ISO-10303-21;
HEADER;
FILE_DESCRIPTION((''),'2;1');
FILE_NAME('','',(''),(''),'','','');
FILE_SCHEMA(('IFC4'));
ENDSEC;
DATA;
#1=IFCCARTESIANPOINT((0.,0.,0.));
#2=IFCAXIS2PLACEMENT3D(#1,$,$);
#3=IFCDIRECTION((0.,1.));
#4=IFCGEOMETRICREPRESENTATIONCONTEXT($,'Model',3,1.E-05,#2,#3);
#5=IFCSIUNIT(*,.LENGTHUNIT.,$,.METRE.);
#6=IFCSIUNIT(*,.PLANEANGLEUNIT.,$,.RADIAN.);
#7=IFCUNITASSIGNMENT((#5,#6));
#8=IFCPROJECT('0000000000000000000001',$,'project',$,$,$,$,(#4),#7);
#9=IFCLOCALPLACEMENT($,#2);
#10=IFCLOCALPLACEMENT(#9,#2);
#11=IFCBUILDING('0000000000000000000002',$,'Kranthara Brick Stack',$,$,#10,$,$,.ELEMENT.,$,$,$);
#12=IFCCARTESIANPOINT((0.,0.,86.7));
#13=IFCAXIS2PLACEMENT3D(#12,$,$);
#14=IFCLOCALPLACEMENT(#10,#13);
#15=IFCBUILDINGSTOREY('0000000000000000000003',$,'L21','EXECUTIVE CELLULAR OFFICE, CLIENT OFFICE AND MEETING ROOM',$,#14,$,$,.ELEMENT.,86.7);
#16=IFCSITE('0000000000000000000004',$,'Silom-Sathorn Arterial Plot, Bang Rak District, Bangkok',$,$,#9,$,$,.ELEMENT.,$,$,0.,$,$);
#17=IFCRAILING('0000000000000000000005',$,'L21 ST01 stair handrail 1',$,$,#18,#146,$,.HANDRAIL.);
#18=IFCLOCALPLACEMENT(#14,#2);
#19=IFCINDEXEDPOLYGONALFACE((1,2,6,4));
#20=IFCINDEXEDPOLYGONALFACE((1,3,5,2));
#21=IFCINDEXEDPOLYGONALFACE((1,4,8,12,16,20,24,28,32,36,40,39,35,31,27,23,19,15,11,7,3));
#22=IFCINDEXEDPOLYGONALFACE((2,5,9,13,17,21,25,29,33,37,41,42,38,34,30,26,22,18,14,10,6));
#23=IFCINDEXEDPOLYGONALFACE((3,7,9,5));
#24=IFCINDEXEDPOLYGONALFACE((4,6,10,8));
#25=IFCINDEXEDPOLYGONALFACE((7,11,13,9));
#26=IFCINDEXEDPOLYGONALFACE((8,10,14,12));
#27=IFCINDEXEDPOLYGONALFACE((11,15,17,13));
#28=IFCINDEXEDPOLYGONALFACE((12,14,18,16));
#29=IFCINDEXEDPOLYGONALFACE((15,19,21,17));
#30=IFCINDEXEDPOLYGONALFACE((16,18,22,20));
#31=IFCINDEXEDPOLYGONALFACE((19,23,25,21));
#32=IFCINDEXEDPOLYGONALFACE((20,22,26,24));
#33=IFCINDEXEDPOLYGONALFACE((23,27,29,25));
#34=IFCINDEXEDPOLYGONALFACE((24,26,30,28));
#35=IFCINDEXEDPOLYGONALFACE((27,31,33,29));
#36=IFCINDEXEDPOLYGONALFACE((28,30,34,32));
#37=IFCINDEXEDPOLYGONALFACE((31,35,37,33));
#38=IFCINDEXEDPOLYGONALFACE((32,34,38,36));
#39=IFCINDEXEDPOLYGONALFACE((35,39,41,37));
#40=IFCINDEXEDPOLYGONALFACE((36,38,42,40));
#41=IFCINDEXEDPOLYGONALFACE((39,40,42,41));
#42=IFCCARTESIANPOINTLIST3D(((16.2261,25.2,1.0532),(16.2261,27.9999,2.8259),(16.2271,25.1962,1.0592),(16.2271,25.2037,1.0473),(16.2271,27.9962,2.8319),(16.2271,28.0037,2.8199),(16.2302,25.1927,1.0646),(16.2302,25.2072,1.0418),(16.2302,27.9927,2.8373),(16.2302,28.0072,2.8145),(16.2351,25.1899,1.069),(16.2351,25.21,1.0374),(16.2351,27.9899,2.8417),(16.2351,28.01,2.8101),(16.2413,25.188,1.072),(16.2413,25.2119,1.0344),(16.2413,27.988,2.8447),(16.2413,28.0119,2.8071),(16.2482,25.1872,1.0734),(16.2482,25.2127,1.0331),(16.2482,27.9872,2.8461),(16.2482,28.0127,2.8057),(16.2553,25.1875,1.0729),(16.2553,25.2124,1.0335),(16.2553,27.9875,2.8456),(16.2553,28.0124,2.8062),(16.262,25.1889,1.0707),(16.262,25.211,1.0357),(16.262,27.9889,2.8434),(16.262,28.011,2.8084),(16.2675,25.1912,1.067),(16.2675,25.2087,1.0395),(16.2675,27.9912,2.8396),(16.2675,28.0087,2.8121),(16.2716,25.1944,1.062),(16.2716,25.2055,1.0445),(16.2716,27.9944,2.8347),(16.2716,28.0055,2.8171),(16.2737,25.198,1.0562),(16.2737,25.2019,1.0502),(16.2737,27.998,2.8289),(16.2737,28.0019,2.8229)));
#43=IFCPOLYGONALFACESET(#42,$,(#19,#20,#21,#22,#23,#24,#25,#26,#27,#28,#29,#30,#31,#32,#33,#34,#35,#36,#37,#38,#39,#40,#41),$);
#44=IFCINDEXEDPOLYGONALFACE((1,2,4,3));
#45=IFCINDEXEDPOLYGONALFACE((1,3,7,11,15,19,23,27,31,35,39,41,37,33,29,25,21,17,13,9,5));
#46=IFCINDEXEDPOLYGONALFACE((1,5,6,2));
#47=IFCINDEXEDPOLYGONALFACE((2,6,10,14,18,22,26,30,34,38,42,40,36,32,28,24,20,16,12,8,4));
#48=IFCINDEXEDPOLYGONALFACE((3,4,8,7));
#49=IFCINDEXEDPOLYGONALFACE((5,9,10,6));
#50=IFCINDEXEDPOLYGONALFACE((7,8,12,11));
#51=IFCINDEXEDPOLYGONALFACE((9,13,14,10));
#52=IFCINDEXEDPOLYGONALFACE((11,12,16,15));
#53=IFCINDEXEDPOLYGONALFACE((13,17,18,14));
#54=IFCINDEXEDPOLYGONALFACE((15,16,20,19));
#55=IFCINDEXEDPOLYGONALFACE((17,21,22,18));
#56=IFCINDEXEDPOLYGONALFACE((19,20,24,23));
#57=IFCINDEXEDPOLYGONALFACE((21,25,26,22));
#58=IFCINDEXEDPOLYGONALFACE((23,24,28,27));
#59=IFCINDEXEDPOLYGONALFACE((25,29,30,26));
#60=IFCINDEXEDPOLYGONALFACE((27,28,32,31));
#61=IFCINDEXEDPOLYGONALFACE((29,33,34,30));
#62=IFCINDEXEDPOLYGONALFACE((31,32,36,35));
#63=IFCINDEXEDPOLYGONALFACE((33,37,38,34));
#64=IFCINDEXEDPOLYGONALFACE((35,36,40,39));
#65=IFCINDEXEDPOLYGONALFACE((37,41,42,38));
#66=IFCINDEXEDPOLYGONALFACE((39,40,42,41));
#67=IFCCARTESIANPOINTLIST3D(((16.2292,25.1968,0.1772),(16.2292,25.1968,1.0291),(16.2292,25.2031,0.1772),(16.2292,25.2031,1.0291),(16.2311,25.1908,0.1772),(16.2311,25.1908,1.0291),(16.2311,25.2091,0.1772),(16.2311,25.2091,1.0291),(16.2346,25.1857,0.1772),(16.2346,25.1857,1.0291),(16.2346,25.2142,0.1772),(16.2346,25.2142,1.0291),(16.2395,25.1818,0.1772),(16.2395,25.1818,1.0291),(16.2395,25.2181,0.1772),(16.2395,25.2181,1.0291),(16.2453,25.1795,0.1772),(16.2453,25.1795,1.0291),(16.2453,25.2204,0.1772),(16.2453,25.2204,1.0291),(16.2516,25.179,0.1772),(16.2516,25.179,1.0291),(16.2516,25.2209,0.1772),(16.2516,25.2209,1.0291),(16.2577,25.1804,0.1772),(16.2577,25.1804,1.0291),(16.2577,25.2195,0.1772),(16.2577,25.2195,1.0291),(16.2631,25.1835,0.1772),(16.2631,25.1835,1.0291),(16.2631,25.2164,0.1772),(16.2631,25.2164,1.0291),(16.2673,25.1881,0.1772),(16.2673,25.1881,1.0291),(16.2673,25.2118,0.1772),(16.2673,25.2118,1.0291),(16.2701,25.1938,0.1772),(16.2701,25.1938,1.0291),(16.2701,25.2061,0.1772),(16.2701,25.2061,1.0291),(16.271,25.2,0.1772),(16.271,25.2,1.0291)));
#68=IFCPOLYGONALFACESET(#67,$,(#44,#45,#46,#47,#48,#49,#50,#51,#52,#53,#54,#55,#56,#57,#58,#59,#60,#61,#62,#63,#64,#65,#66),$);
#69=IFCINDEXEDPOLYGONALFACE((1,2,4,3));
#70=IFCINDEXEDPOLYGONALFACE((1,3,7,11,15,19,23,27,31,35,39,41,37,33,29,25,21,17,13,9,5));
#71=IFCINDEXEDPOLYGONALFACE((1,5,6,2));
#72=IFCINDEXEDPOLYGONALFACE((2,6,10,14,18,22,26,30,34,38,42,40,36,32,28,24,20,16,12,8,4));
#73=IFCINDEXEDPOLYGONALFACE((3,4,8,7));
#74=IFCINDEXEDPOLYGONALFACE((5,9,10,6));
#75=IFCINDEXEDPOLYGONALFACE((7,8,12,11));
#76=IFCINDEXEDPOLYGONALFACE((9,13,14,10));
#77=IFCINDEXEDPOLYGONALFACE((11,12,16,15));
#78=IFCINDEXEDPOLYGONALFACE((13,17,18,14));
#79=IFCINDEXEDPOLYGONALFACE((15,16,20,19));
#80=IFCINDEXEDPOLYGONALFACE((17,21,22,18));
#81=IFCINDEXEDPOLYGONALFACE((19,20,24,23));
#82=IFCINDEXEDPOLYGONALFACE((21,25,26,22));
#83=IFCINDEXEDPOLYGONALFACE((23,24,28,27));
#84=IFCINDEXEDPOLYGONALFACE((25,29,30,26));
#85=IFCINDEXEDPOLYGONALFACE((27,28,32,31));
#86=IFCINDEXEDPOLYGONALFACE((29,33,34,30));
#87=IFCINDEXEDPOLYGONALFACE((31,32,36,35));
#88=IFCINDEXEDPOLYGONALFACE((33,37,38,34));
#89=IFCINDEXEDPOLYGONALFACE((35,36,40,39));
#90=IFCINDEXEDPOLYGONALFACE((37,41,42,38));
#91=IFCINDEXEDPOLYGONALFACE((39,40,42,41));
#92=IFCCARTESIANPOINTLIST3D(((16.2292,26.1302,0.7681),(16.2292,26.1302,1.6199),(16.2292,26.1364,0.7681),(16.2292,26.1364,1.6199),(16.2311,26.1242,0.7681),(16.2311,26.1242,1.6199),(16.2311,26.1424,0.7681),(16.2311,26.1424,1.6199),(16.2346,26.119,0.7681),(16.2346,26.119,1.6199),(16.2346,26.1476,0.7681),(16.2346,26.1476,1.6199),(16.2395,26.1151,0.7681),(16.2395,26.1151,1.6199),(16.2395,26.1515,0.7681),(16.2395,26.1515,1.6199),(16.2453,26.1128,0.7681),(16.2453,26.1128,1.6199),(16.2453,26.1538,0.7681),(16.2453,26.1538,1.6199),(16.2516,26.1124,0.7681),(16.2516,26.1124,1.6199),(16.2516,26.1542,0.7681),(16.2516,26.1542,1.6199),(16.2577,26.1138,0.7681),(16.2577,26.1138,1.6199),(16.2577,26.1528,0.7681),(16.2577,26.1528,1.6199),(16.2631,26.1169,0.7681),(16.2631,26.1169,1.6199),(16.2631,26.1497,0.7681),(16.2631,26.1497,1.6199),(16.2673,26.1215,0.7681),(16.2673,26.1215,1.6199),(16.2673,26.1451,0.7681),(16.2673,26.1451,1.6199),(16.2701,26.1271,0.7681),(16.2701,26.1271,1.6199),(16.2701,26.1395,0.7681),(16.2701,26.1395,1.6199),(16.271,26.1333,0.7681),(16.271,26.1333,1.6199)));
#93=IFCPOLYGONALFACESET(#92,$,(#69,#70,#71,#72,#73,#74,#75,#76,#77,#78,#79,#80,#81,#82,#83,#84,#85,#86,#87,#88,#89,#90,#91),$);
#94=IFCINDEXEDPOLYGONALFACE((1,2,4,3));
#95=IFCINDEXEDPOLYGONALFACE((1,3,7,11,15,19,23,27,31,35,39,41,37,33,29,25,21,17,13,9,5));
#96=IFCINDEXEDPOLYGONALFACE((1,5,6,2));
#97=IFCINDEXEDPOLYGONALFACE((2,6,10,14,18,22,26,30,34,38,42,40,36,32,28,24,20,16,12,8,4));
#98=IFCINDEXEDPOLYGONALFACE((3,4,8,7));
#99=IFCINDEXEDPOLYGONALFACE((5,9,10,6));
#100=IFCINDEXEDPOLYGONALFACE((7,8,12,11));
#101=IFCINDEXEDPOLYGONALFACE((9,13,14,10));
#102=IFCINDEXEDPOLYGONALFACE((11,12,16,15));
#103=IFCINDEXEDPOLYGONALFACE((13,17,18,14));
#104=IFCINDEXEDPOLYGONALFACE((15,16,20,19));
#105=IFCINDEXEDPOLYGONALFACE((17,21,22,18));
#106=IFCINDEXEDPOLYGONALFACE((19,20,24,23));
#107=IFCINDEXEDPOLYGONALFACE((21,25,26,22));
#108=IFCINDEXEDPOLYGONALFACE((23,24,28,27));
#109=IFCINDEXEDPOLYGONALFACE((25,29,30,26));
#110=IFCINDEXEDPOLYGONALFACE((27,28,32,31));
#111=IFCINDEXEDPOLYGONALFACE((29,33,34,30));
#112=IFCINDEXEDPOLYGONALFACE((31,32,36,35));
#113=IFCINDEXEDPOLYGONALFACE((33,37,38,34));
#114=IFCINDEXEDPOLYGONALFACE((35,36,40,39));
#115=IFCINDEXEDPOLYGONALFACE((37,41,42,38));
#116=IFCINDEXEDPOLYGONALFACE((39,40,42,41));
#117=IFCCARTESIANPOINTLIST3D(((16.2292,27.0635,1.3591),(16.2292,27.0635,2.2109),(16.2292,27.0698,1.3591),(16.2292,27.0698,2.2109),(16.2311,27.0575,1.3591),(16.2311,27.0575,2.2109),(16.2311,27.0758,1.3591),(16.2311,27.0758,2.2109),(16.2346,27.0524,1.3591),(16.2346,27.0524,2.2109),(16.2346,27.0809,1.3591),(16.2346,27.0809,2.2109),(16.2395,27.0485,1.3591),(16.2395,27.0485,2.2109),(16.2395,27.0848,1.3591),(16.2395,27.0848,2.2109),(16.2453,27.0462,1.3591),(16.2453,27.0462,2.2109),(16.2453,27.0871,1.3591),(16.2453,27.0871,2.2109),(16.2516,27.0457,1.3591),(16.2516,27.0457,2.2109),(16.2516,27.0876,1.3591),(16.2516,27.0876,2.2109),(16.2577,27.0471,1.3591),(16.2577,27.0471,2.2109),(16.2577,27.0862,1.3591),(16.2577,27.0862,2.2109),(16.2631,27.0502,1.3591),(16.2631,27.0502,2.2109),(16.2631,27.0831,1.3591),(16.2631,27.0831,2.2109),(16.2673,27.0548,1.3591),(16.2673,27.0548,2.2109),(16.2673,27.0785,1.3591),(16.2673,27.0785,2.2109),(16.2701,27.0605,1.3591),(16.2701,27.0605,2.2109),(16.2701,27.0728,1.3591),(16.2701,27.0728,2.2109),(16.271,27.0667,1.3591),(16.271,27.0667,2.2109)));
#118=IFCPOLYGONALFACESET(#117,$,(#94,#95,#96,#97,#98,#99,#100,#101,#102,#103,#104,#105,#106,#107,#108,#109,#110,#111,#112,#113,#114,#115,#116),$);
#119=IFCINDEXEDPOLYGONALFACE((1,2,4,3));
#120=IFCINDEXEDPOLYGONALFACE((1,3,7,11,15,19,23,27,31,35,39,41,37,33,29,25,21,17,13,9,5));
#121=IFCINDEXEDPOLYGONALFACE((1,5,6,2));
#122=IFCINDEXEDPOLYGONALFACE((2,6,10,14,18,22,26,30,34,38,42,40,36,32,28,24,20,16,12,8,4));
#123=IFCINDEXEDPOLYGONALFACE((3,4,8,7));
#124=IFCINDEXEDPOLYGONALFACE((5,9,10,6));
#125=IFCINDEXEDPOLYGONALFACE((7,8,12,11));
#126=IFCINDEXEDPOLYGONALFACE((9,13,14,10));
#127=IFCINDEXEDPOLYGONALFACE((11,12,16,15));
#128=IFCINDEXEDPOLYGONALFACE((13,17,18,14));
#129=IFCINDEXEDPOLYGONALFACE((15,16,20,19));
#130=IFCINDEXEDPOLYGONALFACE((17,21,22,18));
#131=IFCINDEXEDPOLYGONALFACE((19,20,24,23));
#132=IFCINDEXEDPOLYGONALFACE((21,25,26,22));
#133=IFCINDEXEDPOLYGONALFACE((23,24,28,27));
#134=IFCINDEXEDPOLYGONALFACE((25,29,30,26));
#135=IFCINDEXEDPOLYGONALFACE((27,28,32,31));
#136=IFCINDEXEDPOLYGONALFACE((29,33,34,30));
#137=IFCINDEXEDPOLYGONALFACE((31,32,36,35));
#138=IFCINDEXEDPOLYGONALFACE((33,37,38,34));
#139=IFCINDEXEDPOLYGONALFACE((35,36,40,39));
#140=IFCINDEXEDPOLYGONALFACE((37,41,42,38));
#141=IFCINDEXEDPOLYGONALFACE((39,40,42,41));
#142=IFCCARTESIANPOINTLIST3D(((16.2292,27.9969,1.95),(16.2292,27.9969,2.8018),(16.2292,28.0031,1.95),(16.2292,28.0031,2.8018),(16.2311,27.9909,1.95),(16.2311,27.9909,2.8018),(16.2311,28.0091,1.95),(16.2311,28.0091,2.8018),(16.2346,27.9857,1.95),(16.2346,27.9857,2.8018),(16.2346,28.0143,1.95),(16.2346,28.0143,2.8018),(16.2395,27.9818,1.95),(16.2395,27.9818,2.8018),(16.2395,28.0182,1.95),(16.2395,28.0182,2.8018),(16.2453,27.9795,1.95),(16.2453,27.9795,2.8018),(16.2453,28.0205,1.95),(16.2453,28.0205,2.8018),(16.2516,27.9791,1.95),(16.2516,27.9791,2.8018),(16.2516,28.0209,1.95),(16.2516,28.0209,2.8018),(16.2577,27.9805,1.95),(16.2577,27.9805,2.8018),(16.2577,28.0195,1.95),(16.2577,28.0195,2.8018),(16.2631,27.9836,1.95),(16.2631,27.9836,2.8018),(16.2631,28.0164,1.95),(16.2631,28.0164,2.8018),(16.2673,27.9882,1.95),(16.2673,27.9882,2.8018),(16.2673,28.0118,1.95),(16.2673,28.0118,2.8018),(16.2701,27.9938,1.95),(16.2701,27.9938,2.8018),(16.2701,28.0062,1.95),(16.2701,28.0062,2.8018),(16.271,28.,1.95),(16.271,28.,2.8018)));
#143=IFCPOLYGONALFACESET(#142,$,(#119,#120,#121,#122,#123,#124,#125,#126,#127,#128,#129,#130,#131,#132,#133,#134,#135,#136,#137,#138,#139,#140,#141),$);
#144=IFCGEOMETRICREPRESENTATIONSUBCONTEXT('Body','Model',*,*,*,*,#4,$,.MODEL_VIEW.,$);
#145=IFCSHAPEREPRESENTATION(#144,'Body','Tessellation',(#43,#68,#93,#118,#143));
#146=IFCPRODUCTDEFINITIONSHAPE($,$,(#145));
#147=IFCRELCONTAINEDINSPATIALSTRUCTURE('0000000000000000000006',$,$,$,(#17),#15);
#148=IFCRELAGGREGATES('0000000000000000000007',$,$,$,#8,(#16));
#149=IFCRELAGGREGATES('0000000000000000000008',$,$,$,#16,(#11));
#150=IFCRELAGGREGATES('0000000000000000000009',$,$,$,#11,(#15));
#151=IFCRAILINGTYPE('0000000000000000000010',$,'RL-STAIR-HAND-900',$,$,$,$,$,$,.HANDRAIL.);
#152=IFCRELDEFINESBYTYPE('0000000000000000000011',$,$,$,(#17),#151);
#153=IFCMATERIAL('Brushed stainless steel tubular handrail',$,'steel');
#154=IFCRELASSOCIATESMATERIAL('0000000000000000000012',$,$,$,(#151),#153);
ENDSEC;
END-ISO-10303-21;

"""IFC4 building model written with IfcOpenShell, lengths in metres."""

from ifc_helpers import new_model, si_unit, direction, frame, origin, origin_2d, place, context, subcontext, project, spatial, circle, extrude, material, type_object, element, save


model = new_model("IFC4")

# Units and contexts
model_context = context("Model", 3, precision=1e-05, world=origin(), true_north=direction((0.0, 1.0)))
body_context = subcontext(model_context, "Body", "Model", "MODEL_VIEW")
ifc_project = project(units=[si_unit("LENGTHUNIT", "METRE"), si_unit("PLANEANGLEUNIT", "RADIAN")], contexts=[model_context])

# Site, building, storey
site_placement = place(None, origin())
site = spatial("IfcSite", under=ifc_project, at=site_placement, Name="Silom-Sathorn Arterial Plot, Bang Rak District, Bangkok", CompositionType="ELEMENT", RefElevation=0.0)
building_placement = place(site_placement, origin())
building = spatial("IfcBuilding", under=site, at=building_placement, Name="Kranthara Brick Stack", CompositionType="ELEMENT")
storey_placement = place(building_placement, frame((0.0, 0.0, 86.7)))
storey = spatial("IfcBuildingStorey", under=building, at=storey_placement, Name="L21", Description="EXECUTIVE CELLULAR OFFICE, CLIENT OFFICE AND MEETING ROOM", CompositionType="ELEMENT", Elevation=86.7)

# Railing
ifc_material_1 = material(Name="Brushed stainless steel tubular handrail", Category="steel")
railing_type_1 = type_object("IfcRailingType", Name="RL-STAIR-HAND-900", PredefinedType="HANDRAIL", material=ifc_material_1)
railing_1_placement = place(storey_placement, frame((16.25, 25.2, 0.1772)))
element("IfcRailing", 1, at=railing_1_placement, inside=storey, type_object=railing_type_1, Name="L21 ST01 stair handrail 1", PredefinedType="HANDRAIL", context=body_context, shape_type="SweptSolid", body=[
    extrude(circle(Radius=0.0239, at=origin_2d()), frame((0.0, 0.0, 0.876), z_axis=(0.0, 0.844909, 0.53491), x_axis=(-1.0, 0.0, 0.0)), (0.0, 0.0, 1.0), 3.314),
    extrude(circle(Radius=0.021, at=origin_2d()), origin(), (0.0, 0.0, 1.0), 0.8518),
    extrude(circle(Radius=0.021, at=origin_2d()), frame((0.0, 0.9333, 0.5908)), (0.0, 0.0, 1.0), 0.8518),
    extrude(circle(Radius=0.021, at=origin_2d()), frame((0.0, 1.8667, 1.1819)), (0.0, 0.0, 1.0), 0.8518),
    extrude(circle(Radius=0.021, at=origin_2d()), frame((0.0, 2.8, 1.7727)), (0.0, 0.0, 1.0), 0.8518),
])

save(model, "model.ifc")
